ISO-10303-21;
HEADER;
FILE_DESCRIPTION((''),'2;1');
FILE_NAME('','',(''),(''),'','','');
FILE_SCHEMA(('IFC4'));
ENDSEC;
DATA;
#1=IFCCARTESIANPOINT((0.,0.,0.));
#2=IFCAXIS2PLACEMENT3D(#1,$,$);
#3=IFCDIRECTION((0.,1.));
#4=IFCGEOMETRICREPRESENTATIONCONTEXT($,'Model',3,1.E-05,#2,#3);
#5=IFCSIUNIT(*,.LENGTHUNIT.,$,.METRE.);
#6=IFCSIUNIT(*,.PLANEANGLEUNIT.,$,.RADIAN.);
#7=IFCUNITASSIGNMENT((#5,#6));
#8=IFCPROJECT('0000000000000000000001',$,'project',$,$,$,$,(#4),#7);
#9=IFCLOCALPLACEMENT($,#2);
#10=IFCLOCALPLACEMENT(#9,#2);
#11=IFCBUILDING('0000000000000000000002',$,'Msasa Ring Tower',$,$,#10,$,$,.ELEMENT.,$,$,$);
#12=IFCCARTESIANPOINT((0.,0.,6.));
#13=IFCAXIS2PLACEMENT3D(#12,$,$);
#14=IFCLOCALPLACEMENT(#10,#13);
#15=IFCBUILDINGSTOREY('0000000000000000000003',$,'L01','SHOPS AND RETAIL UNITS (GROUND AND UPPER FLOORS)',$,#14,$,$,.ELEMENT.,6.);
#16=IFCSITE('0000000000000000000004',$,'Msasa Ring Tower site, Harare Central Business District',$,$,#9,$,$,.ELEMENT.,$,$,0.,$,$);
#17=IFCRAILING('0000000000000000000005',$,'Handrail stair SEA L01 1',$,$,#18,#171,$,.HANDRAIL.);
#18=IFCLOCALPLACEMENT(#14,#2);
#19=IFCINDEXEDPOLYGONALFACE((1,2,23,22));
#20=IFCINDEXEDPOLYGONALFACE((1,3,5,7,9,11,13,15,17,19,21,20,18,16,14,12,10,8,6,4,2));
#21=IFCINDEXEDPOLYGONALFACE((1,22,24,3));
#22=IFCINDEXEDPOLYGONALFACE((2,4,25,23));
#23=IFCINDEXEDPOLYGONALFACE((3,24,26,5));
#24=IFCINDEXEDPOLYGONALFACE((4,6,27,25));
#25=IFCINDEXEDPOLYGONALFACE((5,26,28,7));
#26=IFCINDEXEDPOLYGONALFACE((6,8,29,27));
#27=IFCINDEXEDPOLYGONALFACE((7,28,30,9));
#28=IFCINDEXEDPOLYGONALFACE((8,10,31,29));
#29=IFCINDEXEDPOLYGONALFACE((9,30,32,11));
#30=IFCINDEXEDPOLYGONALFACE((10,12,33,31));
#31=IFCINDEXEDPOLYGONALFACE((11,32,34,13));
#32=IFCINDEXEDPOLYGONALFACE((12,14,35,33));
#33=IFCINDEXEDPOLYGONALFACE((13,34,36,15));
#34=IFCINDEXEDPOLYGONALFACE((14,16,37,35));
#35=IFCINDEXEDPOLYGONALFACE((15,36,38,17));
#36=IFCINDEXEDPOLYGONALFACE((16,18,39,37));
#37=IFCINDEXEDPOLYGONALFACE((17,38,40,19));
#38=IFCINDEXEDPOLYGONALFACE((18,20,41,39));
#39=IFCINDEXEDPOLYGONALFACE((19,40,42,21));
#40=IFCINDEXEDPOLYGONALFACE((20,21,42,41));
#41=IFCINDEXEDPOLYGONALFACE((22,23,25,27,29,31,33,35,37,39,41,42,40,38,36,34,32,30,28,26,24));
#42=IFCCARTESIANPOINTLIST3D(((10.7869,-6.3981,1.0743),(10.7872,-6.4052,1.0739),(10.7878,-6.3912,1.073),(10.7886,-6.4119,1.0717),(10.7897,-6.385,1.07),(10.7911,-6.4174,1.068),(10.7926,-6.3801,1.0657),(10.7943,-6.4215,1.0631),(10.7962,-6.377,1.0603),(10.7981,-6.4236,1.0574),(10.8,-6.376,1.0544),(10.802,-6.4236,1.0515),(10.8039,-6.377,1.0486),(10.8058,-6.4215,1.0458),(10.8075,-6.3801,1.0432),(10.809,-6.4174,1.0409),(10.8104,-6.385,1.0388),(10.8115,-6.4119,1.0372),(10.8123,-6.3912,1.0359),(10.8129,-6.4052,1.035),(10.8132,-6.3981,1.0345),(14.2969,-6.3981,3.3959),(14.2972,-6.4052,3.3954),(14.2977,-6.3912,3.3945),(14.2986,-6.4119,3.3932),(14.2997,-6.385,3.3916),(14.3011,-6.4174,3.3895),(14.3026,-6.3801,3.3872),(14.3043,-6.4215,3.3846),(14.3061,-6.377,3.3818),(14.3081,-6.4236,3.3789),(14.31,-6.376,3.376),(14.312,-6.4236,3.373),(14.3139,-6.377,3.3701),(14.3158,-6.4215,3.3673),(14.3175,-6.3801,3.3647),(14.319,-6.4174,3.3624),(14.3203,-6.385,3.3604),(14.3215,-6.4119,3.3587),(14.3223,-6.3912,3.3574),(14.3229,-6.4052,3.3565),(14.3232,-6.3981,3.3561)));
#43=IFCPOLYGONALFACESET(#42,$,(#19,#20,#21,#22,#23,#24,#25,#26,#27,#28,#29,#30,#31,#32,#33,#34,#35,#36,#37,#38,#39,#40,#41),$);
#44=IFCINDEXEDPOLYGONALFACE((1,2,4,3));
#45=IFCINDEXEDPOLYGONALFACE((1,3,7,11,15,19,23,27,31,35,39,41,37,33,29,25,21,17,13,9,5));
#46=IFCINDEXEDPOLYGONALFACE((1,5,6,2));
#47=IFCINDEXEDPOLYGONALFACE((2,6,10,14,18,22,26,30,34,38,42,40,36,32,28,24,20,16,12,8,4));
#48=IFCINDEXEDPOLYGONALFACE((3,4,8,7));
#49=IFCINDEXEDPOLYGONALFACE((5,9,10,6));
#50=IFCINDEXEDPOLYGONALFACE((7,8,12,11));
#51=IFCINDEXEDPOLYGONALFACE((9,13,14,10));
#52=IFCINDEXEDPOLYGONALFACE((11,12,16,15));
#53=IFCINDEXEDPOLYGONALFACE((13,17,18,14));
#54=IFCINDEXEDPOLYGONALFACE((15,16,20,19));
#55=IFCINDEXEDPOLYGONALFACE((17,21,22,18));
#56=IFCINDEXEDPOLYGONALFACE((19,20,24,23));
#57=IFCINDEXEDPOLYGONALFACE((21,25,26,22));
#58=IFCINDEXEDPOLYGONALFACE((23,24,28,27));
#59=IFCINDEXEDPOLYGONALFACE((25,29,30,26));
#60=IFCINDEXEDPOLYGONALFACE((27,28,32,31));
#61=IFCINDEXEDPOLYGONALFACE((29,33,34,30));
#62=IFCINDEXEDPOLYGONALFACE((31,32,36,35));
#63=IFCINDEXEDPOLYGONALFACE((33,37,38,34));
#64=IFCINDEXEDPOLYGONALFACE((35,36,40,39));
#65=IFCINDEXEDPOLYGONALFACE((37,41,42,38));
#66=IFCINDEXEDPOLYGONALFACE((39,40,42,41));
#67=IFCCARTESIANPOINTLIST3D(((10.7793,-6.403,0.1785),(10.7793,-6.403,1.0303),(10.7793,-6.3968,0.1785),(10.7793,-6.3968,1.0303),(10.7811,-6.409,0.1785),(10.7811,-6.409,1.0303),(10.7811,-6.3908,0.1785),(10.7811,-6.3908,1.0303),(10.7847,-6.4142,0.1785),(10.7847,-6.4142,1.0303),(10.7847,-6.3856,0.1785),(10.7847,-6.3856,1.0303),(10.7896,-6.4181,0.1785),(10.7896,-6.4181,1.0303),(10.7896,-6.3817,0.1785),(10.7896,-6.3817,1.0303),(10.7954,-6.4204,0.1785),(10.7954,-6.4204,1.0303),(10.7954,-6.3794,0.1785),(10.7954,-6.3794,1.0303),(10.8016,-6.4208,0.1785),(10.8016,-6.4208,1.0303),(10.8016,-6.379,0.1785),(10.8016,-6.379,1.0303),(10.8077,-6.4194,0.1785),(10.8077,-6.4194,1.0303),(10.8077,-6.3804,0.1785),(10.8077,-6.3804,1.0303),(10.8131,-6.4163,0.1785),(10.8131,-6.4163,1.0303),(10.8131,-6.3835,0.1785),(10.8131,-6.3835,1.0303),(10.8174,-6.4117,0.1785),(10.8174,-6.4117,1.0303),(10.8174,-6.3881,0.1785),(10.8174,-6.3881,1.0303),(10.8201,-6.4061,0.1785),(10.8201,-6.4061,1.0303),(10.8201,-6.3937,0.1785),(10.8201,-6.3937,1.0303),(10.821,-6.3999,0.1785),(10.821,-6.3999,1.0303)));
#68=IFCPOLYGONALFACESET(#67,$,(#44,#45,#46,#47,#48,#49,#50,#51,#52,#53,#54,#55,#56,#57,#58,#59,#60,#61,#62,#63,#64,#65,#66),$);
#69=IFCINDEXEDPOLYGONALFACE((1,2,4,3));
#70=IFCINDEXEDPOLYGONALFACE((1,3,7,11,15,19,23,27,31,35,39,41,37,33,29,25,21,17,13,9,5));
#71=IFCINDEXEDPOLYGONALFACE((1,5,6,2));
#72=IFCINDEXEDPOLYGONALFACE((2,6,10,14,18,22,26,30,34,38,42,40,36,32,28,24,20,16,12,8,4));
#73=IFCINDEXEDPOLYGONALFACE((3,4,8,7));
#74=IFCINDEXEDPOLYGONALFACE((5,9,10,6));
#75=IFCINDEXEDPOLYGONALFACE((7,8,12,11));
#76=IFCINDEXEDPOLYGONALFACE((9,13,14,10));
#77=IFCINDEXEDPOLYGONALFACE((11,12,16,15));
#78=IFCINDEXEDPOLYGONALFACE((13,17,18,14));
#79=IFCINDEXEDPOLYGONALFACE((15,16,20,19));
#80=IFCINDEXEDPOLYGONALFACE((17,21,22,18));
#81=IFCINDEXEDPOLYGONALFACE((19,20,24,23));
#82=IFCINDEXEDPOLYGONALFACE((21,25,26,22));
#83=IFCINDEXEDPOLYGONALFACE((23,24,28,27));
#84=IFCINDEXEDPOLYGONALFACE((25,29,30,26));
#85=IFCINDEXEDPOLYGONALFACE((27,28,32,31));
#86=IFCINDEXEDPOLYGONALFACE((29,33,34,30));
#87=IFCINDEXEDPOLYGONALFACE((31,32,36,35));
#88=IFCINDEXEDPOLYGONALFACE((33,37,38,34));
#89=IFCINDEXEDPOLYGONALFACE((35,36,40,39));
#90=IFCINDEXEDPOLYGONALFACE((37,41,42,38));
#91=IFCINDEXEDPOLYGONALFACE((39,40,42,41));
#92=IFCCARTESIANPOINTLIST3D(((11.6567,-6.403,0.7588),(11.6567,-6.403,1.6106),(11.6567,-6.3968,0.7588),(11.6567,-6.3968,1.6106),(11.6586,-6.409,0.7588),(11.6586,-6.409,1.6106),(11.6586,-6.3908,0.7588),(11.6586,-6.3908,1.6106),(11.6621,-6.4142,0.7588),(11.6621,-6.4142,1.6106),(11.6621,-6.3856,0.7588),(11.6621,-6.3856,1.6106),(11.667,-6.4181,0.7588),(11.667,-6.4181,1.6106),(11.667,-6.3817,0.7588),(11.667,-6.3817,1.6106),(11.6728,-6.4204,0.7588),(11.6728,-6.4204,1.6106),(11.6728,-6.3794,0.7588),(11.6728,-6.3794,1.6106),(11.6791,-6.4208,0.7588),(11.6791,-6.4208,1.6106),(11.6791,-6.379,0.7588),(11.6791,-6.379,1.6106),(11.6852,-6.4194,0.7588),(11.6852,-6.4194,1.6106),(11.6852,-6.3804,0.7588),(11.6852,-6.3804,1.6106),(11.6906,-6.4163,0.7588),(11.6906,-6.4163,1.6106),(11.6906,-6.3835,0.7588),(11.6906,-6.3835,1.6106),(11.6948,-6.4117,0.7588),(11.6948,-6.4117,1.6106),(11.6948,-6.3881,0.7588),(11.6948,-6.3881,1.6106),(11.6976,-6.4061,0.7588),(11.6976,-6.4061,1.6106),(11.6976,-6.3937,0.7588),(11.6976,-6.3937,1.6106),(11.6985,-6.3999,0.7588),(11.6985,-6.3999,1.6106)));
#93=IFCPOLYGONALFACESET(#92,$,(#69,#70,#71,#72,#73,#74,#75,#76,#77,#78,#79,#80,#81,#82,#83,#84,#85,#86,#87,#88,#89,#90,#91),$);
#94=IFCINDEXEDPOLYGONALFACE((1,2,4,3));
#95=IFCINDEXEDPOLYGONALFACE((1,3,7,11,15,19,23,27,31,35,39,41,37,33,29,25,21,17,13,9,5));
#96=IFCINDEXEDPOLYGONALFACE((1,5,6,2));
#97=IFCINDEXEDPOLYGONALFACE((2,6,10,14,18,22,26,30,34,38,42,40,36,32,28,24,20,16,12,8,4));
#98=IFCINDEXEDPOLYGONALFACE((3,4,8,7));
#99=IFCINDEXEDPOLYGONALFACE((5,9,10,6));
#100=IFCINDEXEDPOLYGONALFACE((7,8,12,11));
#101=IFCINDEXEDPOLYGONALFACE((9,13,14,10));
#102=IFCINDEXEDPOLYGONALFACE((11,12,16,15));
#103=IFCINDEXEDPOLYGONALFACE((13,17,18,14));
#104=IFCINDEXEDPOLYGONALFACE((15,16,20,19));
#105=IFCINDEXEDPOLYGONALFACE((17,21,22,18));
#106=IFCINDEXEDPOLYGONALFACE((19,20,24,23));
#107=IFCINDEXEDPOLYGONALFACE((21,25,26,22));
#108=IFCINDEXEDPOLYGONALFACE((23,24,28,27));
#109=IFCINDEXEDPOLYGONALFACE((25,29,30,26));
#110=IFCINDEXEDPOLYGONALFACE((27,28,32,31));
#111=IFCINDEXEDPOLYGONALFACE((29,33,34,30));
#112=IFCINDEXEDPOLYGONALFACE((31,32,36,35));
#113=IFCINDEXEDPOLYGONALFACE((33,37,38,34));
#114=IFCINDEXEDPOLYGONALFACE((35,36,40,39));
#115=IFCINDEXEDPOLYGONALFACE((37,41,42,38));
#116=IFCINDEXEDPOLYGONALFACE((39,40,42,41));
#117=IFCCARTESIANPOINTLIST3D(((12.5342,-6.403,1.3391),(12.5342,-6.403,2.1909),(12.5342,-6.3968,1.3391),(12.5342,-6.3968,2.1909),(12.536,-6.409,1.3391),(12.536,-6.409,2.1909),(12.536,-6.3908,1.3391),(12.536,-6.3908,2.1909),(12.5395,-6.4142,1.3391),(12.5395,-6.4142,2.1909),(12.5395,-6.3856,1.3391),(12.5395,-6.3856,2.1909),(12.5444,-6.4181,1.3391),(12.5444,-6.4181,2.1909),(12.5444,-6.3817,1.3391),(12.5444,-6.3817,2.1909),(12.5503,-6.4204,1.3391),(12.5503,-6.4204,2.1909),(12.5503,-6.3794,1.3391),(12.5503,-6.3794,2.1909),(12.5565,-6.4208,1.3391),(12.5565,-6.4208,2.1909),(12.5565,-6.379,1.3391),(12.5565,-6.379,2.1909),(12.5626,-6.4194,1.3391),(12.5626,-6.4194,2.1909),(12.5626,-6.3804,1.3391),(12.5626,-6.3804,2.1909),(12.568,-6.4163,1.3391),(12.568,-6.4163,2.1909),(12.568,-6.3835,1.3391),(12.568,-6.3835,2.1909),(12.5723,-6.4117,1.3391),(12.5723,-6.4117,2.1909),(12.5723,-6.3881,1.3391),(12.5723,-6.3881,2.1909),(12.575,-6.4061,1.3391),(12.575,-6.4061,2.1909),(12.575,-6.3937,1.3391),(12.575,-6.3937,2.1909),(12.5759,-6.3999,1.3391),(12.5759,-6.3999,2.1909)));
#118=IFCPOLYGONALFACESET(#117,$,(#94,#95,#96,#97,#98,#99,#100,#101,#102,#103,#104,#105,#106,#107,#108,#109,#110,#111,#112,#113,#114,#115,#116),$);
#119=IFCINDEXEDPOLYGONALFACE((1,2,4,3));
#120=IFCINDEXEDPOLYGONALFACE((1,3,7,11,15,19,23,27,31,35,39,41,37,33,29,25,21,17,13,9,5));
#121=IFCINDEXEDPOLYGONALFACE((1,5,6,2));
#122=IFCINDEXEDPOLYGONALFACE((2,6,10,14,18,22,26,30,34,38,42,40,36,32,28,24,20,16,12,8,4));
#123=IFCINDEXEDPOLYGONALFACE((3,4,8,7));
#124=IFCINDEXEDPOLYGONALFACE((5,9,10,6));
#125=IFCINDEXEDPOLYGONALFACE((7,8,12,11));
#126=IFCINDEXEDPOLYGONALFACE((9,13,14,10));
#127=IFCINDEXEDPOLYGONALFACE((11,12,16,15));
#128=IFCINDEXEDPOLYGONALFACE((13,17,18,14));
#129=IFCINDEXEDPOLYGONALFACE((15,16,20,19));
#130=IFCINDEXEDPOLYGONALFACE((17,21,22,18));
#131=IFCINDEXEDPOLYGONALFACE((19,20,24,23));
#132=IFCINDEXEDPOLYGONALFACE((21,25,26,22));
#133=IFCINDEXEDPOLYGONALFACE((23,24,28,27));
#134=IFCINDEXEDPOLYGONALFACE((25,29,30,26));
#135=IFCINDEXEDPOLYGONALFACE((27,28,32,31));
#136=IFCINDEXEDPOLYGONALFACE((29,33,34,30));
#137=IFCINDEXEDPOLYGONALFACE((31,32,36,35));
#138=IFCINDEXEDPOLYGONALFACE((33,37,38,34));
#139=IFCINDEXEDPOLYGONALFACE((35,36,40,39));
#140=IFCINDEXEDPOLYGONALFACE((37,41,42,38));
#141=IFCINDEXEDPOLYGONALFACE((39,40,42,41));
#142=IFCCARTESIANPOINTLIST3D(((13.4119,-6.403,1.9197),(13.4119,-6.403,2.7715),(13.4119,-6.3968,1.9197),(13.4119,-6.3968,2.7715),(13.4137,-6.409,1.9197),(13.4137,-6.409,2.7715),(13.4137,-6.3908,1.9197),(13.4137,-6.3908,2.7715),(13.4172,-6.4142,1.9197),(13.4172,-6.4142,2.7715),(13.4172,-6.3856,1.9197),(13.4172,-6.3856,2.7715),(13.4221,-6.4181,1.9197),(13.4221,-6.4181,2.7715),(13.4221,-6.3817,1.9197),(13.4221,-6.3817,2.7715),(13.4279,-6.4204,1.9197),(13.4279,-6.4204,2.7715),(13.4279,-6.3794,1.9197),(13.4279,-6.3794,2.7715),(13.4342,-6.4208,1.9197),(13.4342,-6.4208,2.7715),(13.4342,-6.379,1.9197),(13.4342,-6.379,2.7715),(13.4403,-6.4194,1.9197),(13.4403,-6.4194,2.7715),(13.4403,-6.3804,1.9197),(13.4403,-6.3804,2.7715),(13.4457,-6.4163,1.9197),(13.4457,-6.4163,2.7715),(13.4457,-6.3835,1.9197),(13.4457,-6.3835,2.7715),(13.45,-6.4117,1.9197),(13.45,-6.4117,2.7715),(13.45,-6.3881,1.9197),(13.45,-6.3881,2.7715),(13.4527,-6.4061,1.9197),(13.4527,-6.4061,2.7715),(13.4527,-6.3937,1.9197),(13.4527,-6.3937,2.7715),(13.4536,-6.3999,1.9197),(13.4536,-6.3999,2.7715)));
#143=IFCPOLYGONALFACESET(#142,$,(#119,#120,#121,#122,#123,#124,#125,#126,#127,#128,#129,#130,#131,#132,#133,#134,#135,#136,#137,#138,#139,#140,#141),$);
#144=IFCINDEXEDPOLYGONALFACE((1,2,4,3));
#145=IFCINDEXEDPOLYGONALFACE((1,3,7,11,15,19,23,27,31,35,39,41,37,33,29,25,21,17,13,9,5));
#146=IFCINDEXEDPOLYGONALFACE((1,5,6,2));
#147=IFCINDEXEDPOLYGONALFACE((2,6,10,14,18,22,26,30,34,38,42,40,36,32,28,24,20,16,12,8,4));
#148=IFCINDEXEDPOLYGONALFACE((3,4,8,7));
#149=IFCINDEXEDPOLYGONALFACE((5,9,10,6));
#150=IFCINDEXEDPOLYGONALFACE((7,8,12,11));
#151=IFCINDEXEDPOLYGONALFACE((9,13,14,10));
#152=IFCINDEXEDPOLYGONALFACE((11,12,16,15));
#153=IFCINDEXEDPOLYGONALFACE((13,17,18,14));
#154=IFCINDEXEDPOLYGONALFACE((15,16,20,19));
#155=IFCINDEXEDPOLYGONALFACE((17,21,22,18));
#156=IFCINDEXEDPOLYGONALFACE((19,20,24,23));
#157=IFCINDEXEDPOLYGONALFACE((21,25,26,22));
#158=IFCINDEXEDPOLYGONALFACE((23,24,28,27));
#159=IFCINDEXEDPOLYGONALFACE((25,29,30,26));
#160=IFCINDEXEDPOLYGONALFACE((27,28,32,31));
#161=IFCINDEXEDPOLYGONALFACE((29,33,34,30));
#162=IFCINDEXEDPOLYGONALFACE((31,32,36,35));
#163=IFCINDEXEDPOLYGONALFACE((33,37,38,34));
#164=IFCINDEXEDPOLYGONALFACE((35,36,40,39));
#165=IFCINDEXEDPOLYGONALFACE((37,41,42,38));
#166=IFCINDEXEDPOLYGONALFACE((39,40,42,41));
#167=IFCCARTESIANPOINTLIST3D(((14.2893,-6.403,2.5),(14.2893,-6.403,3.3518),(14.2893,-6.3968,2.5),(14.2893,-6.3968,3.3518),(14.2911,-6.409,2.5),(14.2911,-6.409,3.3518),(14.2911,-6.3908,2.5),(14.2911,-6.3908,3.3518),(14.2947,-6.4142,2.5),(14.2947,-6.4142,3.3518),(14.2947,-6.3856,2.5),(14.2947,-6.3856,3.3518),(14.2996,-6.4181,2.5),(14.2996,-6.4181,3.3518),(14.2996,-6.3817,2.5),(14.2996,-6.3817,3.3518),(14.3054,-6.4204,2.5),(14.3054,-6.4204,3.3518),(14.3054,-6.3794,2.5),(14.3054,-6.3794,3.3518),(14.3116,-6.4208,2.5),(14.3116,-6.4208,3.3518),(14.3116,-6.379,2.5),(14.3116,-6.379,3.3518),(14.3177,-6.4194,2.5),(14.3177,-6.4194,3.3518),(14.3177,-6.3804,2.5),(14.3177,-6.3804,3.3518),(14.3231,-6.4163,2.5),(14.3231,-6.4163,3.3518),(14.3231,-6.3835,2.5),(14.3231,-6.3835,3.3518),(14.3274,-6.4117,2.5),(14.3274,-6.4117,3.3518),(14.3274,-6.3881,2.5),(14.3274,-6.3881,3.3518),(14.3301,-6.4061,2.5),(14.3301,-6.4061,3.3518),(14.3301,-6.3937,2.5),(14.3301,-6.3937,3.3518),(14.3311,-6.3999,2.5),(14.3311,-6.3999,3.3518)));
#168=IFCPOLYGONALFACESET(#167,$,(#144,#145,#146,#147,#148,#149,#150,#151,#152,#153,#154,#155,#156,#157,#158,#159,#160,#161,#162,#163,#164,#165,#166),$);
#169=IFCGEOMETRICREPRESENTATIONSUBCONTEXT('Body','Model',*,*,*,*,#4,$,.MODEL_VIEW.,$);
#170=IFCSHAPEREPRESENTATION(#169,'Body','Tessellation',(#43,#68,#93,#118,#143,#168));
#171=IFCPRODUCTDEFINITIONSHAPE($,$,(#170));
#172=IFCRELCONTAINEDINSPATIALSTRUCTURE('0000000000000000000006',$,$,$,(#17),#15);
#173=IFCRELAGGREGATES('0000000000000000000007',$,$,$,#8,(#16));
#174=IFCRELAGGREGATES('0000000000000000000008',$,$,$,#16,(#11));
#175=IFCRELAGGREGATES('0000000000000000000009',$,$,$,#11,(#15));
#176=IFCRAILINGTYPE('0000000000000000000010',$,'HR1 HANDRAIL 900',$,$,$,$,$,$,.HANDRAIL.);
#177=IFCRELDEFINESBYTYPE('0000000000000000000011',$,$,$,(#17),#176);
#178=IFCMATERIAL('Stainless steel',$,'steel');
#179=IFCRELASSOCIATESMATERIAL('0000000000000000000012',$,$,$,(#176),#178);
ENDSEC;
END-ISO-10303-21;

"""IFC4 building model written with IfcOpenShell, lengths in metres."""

from ifc_helpers import new_model, si_unit, direction, frame, origin, origin_2d, place, context, subcontext, project, spatial, circle, extrude, material, type_object, element, save


model = new_model("IFC4")

# Units and contexts
model_context = context("Model", 3, precision=1e-05, world=origin(), true_north=direction((0.0, 1.0)))
body_context = subcontext(model_context, "Body", "Model", "MODEL_VIEW")
ifc_project = project(units=[si_unit("LENGTHUNIT", "METRE"), si_unit("PLANEANGLEUNIT", "RADIAN")], contexts=[model_context])

# Site, building, storey
site_placement = place(None, origin())
site = spatial("IfcSite", under=ifc_project, at=site_placement, Name="Msasa Ring Tower site, Harare Central Business District", CompositionType="ELEMENT", RefElevation=0.0)
building_placement = place(site_placement, origin())
building = spatial("IfcBuilding", under=site, at=building_placement, Name="Msasa Ring Tower", CompositionType="ELEMENT")
storey_placement = place(building_placement, frame((0.0, 0.0, 6.0)))
storey = spatial("IfcBuildingStorey", under=building, at=storey_placement, Name="L01", Description="SHOPS AND RETAIL UNITS (GROUND AND UPPER FLOORS)", CompositionType="ELEMENT", Elevation=6.0)

# Railing
ifc_material_1 = material(Name="Stainless steel", Category="steel")
railing_type = type_object("IfcRailingType", Name="HR1 HANDRAIL 900", PredefinedType="HANDRAIL", material=ifc_material_1)
for number, where, name in (
    (1, (10.8, -6.3999, 0.1785), "Handrail stair SEA L01 1"),
):
    element("IfcRailing", number, at=place(storey_placement, frame(where)), inside=storey, type_object=railing_type, Name=name, PredefinedType="HANDRAIL", context=body_context, shape_type="SweptSolid", body=[
        extrude(circle(Radius=0.0239, at=origin_2d()), frame((0.0, 0.0, 0.876), z_axis=(0.834071, 0.0, 0.551657), x_axis=(0.0, 1.0, 0.0)), (0.0, 0.0, 1.0), 4.2083),
        extrude(circle(Radius=0.021, at=origin_2d()), origin(), (0.0, 0.0, 1.0), 0.8518),
        extrude(circle(Radius=0.021, at=origin_2d()), frame((0.8774, 0.0, 0.5803)), (0.0, 0.0, 1.0), 0.8518),
        extrude(circle(Radius=0.021, at=origin_2d()), frame((1.7549, 0.0, 1.1606)), (0.0, 0.0, 1.0), 0.8518),
        extrude(circle(Radius=0.021, at=origin_2d()), frame((2.6326, 0.0, 1.7412)), (0.0, 0.0, 1.0), 0.8518),
        extrude(circle(Radius=0.021, at=origin_2d()), frame((3.51, 0.0, 2.3215)), (0.0, 0.0, 1.0), 0.8518),
    ])

save(model, "model.ifc")
